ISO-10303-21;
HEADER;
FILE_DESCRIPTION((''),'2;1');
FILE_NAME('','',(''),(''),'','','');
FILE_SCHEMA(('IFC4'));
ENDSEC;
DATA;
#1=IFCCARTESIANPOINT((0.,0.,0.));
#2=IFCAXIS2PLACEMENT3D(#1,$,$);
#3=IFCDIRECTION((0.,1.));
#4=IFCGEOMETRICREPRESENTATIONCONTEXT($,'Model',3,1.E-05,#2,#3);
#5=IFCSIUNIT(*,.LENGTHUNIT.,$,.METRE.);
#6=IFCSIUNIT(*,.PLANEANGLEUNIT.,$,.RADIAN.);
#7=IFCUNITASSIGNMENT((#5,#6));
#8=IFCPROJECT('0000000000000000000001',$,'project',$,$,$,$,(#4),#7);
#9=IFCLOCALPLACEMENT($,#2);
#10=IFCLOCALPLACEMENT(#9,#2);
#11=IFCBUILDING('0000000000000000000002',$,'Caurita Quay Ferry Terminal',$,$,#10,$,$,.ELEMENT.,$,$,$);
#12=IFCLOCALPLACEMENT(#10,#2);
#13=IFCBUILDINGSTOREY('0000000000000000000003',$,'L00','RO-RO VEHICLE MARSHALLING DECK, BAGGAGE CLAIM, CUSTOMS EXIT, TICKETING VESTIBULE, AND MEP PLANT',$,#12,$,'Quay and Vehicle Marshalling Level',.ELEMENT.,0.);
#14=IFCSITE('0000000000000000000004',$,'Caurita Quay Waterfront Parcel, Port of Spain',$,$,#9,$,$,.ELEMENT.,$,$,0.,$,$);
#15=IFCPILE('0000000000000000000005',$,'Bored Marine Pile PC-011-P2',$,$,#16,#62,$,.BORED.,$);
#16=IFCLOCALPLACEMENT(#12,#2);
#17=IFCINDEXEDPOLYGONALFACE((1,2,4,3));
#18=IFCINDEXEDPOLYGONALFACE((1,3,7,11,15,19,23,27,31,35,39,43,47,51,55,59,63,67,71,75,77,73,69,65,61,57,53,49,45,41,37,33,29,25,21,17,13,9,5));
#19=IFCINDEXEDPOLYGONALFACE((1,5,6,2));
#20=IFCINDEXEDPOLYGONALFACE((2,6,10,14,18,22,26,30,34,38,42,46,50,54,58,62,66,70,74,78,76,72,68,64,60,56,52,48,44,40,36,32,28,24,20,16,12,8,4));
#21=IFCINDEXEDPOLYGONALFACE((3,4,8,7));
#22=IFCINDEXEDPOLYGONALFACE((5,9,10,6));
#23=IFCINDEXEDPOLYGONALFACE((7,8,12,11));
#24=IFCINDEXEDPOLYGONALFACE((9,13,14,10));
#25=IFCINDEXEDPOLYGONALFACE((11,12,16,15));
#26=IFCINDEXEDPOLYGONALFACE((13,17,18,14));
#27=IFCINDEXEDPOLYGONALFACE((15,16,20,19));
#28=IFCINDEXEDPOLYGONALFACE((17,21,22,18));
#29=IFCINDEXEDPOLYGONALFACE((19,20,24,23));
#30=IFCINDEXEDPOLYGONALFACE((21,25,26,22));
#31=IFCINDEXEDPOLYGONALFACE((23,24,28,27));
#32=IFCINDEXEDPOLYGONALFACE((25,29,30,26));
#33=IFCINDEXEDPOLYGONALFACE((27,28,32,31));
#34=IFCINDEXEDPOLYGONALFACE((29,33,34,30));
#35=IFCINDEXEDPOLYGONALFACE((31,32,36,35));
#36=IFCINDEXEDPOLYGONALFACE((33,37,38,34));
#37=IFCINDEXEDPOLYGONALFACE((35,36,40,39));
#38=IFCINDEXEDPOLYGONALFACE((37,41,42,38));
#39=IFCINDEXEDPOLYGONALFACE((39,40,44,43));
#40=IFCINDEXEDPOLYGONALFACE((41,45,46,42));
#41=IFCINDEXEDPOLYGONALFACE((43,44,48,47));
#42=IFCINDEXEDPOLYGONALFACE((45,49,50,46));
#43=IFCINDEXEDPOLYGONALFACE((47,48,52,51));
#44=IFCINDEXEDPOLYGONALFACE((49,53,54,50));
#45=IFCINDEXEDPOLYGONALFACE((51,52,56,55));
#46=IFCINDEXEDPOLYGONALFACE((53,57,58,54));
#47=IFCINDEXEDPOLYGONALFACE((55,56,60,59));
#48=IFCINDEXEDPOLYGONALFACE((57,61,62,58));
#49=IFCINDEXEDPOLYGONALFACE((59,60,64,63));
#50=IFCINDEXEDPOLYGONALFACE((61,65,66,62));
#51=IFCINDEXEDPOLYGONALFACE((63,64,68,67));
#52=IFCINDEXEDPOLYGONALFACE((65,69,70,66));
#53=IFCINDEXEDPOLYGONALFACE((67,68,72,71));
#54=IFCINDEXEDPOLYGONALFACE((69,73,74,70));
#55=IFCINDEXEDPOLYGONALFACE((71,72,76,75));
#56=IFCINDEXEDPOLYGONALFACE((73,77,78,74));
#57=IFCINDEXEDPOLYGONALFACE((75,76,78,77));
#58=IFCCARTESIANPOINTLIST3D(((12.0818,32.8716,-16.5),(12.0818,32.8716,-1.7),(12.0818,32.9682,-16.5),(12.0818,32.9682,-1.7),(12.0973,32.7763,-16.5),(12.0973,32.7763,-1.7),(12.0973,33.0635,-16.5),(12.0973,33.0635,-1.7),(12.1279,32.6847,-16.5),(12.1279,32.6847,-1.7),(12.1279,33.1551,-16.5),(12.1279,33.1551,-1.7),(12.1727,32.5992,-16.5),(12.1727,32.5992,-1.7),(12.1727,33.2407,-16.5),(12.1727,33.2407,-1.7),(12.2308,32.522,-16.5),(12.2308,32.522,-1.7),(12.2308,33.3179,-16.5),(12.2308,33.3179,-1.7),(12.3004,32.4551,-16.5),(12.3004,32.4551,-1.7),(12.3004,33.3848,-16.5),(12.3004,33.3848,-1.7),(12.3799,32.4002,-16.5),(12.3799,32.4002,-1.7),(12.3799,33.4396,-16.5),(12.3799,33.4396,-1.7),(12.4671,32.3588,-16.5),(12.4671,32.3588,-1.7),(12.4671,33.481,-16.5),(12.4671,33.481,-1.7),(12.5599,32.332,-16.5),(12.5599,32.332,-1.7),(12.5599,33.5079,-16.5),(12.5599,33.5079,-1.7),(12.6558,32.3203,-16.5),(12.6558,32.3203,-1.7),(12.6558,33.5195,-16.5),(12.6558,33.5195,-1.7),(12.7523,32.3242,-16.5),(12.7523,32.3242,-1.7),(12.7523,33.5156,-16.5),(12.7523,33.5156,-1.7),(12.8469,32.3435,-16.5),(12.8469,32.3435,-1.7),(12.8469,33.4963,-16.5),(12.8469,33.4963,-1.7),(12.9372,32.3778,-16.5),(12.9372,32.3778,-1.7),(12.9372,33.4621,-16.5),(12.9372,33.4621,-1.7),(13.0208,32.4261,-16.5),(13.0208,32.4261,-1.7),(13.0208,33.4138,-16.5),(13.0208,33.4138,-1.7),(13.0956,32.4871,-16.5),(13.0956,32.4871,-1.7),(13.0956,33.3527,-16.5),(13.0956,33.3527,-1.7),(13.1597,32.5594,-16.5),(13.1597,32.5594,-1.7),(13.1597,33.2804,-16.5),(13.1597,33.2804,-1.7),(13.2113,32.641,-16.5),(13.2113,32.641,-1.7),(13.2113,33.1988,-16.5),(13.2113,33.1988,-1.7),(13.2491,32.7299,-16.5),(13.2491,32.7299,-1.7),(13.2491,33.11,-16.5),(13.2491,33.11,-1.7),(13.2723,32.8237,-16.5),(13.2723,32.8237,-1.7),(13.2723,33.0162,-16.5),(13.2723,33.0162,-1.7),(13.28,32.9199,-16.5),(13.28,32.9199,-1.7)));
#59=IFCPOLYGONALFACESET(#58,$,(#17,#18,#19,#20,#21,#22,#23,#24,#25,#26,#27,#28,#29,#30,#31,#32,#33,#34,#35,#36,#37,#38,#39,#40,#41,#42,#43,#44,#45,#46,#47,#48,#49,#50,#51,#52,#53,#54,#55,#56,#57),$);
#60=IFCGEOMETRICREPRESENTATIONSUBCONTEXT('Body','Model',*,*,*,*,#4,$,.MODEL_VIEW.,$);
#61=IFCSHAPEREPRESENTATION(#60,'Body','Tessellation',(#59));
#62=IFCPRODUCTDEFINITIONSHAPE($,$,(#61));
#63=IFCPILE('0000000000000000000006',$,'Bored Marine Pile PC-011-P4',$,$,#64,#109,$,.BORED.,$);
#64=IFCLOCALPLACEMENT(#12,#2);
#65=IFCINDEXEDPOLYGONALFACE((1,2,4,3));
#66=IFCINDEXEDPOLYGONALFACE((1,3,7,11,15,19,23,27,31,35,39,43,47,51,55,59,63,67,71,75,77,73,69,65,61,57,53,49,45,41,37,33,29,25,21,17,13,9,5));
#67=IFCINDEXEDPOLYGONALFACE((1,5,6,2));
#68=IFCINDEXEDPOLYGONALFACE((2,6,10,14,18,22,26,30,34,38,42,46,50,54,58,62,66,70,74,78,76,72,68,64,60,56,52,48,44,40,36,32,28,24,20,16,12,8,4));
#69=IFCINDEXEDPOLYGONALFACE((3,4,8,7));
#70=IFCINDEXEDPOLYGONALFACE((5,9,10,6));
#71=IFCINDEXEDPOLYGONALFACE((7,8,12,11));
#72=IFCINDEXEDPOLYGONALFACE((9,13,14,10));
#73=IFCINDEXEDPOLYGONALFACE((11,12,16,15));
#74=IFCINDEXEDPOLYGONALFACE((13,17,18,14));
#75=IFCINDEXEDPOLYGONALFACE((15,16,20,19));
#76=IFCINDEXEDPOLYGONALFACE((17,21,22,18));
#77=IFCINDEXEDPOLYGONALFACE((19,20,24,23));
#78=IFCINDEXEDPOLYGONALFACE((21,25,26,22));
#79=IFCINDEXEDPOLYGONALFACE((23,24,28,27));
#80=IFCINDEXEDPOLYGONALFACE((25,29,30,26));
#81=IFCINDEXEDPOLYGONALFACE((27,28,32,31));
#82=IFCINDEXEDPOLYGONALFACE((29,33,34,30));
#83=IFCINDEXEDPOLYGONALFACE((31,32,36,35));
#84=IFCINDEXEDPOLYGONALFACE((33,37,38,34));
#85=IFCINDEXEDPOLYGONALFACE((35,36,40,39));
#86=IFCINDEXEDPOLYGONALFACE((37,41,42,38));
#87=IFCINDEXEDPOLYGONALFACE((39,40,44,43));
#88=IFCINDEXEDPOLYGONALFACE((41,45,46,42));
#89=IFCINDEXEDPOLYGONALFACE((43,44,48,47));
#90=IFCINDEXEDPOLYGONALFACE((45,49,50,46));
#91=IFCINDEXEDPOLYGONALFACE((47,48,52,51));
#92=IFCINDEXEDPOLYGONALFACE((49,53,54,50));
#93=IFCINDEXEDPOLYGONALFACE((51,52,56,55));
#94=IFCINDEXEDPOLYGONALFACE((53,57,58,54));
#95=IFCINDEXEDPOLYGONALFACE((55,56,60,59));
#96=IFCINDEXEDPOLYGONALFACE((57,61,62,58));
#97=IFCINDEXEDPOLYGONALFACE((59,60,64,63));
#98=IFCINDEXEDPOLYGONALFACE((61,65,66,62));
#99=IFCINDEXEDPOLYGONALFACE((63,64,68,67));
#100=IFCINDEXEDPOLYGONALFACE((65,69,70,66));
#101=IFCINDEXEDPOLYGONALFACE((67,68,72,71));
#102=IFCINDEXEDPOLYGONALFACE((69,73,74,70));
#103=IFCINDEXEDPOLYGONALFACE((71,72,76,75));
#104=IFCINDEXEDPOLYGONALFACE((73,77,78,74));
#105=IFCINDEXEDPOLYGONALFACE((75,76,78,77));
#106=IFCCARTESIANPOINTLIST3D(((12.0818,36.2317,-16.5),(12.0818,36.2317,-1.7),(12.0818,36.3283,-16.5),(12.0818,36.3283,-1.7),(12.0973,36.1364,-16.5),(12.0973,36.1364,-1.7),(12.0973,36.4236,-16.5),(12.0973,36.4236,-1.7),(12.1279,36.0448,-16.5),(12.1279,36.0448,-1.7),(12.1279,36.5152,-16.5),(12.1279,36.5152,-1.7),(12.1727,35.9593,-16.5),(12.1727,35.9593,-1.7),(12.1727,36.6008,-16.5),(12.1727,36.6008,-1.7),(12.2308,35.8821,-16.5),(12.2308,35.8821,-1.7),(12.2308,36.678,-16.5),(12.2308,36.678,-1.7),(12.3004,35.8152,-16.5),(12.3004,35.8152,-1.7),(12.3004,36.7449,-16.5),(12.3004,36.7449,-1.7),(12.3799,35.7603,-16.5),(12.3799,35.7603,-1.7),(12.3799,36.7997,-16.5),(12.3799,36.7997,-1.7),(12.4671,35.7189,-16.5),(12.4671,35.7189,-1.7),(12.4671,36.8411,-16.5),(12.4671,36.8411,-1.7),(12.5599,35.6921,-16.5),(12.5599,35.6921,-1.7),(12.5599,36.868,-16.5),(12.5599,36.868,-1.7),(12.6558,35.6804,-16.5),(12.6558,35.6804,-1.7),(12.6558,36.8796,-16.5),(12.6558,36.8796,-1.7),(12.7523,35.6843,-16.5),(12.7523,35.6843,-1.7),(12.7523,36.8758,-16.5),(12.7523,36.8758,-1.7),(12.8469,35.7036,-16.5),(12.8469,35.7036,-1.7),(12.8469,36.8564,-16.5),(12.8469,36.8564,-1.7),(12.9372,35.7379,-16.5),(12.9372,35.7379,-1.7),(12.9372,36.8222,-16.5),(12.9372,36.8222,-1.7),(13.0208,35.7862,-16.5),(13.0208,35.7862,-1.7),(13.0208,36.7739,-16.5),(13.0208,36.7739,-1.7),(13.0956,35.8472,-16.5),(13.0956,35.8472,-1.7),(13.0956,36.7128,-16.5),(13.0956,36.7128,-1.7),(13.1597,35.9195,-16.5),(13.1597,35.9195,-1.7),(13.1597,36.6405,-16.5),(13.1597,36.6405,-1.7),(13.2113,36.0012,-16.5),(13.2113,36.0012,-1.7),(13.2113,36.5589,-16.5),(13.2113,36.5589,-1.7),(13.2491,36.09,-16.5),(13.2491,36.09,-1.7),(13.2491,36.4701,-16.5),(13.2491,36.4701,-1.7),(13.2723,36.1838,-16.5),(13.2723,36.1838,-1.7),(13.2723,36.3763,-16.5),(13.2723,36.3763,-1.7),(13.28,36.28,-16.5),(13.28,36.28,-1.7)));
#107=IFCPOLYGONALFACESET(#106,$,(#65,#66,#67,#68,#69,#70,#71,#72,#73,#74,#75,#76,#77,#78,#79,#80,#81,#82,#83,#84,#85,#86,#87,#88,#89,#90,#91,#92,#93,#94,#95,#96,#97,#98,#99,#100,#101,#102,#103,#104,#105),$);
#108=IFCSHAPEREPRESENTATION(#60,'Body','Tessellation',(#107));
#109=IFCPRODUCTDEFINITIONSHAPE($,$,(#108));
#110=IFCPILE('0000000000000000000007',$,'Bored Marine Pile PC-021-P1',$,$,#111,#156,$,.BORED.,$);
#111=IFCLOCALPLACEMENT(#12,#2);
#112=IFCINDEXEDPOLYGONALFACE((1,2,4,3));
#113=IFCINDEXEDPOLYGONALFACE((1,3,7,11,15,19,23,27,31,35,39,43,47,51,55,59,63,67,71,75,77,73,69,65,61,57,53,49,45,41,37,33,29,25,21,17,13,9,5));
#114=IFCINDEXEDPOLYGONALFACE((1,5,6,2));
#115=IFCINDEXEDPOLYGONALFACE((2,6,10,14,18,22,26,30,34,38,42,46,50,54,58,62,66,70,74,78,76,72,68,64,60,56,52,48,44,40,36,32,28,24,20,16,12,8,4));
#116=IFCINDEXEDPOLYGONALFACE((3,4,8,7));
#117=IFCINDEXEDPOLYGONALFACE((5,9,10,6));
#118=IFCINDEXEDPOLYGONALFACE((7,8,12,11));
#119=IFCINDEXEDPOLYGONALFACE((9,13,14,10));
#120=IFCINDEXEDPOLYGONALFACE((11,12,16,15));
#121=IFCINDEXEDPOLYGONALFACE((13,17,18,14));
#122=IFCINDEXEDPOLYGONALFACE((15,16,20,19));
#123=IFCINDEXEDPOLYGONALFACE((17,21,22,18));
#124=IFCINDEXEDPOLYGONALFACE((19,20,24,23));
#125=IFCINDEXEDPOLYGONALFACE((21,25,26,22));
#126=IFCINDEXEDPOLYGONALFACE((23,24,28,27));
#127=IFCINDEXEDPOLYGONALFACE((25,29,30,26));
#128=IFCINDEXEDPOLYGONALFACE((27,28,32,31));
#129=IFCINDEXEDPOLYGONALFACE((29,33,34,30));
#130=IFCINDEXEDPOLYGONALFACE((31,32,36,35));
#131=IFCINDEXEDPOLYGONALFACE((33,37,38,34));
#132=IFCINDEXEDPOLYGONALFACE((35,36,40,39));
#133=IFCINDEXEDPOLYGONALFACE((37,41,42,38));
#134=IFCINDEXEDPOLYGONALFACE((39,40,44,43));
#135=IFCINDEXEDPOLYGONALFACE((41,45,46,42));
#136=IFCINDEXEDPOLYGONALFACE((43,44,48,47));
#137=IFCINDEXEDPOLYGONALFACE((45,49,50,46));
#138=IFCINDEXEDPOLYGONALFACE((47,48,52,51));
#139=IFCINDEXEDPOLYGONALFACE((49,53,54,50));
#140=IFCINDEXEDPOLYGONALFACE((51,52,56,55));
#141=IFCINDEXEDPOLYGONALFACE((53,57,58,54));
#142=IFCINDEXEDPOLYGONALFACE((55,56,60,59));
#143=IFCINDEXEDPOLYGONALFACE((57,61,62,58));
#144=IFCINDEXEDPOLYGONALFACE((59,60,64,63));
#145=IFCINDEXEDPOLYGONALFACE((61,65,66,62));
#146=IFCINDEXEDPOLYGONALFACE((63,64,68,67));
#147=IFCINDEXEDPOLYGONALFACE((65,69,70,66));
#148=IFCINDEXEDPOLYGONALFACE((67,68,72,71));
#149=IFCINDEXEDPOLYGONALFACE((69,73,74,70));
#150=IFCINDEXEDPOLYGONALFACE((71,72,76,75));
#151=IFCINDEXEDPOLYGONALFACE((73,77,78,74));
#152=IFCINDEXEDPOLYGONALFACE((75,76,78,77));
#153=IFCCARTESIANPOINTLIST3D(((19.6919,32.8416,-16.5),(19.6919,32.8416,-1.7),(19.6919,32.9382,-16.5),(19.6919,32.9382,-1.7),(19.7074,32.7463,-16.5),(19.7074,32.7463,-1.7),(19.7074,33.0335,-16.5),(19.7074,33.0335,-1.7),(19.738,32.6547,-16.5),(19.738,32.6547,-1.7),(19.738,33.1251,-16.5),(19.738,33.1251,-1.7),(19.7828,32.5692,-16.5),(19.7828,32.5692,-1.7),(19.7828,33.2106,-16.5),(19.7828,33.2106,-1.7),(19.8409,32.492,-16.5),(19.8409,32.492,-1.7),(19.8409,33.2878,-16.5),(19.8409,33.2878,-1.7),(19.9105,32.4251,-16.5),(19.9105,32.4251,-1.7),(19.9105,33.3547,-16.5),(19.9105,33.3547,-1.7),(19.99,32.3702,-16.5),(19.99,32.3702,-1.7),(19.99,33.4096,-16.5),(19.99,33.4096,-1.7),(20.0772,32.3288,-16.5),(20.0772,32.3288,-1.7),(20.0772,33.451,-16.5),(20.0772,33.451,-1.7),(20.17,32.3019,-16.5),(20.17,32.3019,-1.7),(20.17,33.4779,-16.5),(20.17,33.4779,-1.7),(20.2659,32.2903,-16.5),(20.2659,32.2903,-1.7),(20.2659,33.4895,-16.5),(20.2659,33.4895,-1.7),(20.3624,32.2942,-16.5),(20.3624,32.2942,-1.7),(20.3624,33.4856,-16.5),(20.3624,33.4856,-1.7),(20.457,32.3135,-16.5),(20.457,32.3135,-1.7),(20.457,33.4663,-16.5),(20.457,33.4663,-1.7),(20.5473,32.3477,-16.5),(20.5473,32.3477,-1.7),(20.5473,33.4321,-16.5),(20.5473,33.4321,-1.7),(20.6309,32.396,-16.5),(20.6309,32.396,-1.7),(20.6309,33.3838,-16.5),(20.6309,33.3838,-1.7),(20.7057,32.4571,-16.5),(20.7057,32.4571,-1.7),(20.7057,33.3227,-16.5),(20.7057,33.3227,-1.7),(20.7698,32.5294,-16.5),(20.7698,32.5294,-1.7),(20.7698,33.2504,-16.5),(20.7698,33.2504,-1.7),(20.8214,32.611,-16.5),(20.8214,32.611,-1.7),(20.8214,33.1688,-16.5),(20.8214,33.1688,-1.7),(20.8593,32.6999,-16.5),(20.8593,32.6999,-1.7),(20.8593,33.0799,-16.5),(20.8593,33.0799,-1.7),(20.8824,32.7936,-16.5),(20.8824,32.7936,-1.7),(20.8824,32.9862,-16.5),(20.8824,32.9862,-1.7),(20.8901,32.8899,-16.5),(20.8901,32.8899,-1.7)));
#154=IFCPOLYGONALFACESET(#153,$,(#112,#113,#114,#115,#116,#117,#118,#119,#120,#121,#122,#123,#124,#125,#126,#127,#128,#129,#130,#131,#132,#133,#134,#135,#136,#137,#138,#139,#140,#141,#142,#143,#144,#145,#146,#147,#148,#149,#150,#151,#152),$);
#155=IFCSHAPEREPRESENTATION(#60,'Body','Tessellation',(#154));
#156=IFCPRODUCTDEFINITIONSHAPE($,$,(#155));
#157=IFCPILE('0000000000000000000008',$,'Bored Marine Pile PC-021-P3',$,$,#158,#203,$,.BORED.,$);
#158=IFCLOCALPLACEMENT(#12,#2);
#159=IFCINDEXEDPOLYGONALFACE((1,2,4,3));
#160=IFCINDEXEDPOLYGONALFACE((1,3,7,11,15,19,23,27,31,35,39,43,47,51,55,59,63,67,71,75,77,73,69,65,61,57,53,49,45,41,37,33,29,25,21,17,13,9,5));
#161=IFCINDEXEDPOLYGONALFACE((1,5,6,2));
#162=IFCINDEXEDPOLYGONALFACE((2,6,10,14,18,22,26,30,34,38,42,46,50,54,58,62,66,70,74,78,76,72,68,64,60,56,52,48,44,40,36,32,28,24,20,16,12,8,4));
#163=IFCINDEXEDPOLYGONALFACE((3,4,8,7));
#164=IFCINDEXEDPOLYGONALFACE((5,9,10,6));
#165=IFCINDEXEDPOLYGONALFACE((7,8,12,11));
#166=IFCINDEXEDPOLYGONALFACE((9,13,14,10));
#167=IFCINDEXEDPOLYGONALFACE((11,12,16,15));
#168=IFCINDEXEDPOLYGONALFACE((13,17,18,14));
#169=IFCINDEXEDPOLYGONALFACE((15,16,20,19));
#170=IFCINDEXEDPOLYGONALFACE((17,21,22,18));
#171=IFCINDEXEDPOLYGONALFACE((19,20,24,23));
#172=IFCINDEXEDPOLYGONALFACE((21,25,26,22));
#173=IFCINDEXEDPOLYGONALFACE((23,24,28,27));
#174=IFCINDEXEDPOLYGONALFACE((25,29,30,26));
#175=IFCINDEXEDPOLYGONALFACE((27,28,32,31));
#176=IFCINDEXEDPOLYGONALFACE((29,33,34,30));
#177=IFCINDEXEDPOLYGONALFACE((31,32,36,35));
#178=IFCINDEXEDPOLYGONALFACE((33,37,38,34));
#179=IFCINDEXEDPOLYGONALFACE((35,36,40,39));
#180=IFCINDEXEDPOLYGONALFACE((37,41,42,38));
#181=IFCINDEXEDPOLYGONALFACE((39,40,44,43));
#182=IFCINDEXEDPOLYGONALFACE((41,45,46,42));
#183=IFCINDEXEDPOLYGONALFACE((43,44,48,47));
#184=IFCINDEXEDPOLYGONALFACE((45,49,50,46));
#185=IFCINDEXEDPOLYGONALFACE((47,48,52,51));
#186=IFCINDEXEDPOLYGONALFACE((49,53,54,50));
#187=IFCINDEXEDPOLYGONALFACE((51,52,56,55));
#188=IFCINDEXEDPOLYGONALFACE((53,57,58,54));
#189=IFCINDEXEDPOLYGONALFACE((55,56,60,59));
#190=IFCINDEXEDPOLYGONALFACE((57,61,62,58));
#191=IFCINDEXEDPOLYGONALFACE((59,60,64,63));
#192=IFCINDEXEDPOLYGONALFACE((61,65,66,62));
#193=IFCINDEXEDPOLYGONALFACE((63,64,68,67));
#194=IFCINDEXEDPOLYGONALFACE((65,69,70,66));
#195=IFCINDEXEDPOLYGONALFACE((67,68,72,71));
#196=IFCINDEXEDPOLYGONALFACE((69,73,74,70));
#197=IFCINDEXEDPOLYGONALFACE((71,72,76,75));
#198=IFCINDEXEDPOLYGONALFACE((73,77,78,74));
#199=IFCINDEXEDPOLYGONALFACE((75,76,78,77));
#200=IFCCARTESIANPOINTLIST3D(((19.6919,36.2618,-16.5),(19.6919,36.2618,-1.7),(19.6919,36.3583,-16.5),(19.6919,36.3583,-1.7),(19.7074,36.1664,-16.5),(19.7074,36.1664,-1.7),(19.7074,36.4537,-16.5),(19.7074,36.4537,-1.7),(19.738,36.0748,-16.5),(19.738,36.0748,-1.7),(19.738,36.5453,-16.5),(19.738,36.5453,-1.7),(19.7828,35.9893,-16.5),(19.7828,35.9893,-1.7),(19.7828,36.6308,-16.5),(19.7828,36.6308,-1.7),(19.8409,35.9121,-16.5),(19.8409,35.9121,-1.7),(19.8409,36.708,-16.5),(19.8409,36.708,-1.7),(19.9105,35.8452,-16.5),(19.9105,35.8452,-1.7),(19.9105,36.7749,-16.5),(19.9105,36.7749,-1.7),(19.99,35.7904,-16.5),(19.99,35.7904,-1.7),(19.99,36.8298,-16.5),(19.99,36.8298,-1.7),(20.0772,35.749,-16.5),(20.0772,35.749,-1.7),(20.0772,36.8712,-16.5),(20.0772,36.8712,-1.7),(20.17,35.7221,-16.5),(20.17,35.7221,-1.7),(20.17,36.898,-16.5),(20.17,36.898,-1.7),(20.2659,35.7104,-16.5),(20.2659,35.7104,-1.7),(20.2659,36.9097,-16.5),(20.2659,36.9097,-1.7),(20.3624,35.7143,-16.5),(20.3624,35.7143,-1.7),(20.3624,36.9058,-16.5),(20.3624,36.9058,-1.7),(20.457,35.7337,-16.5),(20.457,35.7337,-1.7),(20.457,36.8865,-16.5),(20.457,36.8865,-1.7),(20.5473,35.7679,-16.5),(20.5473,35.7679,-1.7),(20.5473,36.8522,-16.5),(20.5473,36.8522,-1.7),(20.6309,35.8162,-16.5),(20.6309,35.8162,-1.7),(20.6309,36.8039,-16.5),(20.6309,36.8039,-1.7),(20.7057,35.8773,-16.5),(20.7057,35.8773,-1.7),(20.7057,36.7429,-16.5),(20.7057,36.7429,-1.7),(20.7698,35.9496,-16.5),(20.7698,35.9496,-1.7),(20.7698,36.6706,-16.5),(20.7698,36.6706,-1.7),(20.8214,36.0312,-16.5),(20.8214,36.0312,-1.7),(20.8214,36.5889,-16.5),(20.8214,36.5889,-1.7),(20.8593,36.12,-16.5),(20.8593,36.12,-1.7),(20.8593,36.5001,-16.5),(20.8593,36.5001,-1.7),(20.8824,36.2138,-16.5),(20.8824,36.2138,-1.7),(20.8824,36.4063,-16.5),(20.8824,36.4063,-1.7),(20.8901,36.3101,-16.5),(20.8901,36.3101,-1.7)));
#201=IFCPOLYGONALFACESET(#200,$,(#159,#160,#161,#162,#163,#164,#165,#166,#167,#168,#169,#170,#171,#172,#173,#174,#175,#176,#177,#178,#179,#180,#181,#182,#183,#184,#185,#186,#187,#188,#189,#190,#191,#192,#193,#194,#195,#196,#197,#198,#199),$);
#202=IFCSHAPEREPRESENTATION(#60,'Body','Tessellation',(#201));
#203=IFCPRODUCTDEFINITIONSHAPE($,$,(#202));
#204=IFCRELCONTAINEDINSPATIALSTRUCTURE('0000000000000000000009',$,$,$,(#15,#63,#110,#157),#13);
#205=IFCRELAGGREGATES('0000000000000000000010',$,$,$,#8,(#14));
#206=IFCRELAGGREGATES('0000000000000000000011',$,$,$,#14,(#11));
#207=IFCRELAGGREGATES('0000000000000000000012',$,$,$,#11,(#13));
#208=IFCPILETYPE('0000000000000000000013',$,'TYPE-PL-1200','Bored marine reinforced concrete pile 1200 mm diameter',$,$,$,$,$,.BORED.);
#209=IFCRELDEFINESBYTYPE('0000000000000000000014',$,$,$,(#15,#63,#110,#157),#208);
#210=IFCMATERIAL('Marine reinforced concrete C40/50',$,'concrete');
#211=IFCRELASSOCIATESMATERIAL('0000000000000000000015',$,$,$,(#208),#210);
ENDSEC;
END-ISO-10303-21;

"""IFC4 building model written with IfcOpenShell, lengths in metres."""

from ifc_helpers import new_model, si_unit, direction, frame, origin, origin_2d, place, context, subcontext, project, spatial, circle, extrude, material, material_profile, profile_set, type_object, element, save


model = new_model("IFC4")

# Units and contexts
model_context = context("Model", 3, precision=1e-05, world=origin(), true_north=direction((0.0, 1.0)))
body_context = subcontext(model_context, "Body", "Model", "MODEL_VIEW")
ifc_project = project(units=[si_unit("LENGTHUNIT", "METRE"), si_unit("PLANEANGLEUNIT", "RADIAN")], contexts=[model_context])

# Site, building, storey
site_placement = place(None, origin())
site = spatial("IfcSite", under=ifc_project, at=site_placement, Name="Caurita Quay Waterfront Parcel, Port of Spain", CompositionType="ELEMENT", RefElevation=0.0)
building_placement = place(site_placement, origin())
building = spatial("IfcBuilding", under=site, at=building_placement, Name="Caurita Quay Ferry Terminal", CompositionType="ELEMENT")
storey_placement = place(building_placement, origin())
storey = spatial("IfcBuildingStorey", under=building, at=storey_placement, Name="L00", Description="RO-RO VEHICLE MARSHALLING DECK, BAGGAGE CLAIM, CUSTOMS EXIT, TICKETING VESTIBULE, AND MEP PLANT", LongName="Quay and Vehicle Marshalling Level", CompositionType="ELEMENT", Elevation=0.0)

# Piles
ifc_material_1 = material(Name="Marine reinforced concrete C40/50", Category="concrete")
ifc_material_profile_1 = material_profile(ifc_material_1, circle(Radius=0.6001, at=origin_2d()), Name="PILE-D1200")
ifc_profile_set_1 = profile_set([ifc_material_profile_1], Name="Marine reinforced concrete C40/50")
pile_type_1 = type_object("IfcPileType", Name="TYPE-PL-1200", Description="Bored marine reinforced concrete pile 1200 mm diameter", PredefinedType="BORED", material=ifc_profile_set_1)
for number, where, z_axis, x_axis, name in (
    (1, (12.6799, 32.9199, -1.7), (0.0, 0.0, -1.0), (1.0, 0.0, 0.0), "Bored Marine Pile PC-011-P2"),
    (2, (12.6799, 36.28, -1.7), (0.0, 0.0, -1.0), (1.0, 0.0, 0.0), "Bored Marine Pile PC-011-P4"),
    (3, (20.29, 32.8899, -1.7), (0.0, 0.0, -1.0), (1.0, 0.0, 0.0), "Bored Marine Pile PC-021-P1"),
    (4, (20.29, 36.3101, -1.7), (0.0, 0.0, -1.0), (1.0, 0.0, 0.0), "Bored Marine Pile PC-021-P3"),
):
    element("IfcPile", number, at=place(storey_placement, frame(where, z_axis=z_axis, x_axis=x_axis)), inside=storey, type_object=pile_type_1, Name=name, PredefinedType="BORED", context=body_context, shape_type="SweptSolid", body=[
        extrude(circle(Radius=0.6001, at=origin_2d()), origin(), (0.0, 0.0, 1.0), 14.8),
    ])

save(model, "model.ifc")
